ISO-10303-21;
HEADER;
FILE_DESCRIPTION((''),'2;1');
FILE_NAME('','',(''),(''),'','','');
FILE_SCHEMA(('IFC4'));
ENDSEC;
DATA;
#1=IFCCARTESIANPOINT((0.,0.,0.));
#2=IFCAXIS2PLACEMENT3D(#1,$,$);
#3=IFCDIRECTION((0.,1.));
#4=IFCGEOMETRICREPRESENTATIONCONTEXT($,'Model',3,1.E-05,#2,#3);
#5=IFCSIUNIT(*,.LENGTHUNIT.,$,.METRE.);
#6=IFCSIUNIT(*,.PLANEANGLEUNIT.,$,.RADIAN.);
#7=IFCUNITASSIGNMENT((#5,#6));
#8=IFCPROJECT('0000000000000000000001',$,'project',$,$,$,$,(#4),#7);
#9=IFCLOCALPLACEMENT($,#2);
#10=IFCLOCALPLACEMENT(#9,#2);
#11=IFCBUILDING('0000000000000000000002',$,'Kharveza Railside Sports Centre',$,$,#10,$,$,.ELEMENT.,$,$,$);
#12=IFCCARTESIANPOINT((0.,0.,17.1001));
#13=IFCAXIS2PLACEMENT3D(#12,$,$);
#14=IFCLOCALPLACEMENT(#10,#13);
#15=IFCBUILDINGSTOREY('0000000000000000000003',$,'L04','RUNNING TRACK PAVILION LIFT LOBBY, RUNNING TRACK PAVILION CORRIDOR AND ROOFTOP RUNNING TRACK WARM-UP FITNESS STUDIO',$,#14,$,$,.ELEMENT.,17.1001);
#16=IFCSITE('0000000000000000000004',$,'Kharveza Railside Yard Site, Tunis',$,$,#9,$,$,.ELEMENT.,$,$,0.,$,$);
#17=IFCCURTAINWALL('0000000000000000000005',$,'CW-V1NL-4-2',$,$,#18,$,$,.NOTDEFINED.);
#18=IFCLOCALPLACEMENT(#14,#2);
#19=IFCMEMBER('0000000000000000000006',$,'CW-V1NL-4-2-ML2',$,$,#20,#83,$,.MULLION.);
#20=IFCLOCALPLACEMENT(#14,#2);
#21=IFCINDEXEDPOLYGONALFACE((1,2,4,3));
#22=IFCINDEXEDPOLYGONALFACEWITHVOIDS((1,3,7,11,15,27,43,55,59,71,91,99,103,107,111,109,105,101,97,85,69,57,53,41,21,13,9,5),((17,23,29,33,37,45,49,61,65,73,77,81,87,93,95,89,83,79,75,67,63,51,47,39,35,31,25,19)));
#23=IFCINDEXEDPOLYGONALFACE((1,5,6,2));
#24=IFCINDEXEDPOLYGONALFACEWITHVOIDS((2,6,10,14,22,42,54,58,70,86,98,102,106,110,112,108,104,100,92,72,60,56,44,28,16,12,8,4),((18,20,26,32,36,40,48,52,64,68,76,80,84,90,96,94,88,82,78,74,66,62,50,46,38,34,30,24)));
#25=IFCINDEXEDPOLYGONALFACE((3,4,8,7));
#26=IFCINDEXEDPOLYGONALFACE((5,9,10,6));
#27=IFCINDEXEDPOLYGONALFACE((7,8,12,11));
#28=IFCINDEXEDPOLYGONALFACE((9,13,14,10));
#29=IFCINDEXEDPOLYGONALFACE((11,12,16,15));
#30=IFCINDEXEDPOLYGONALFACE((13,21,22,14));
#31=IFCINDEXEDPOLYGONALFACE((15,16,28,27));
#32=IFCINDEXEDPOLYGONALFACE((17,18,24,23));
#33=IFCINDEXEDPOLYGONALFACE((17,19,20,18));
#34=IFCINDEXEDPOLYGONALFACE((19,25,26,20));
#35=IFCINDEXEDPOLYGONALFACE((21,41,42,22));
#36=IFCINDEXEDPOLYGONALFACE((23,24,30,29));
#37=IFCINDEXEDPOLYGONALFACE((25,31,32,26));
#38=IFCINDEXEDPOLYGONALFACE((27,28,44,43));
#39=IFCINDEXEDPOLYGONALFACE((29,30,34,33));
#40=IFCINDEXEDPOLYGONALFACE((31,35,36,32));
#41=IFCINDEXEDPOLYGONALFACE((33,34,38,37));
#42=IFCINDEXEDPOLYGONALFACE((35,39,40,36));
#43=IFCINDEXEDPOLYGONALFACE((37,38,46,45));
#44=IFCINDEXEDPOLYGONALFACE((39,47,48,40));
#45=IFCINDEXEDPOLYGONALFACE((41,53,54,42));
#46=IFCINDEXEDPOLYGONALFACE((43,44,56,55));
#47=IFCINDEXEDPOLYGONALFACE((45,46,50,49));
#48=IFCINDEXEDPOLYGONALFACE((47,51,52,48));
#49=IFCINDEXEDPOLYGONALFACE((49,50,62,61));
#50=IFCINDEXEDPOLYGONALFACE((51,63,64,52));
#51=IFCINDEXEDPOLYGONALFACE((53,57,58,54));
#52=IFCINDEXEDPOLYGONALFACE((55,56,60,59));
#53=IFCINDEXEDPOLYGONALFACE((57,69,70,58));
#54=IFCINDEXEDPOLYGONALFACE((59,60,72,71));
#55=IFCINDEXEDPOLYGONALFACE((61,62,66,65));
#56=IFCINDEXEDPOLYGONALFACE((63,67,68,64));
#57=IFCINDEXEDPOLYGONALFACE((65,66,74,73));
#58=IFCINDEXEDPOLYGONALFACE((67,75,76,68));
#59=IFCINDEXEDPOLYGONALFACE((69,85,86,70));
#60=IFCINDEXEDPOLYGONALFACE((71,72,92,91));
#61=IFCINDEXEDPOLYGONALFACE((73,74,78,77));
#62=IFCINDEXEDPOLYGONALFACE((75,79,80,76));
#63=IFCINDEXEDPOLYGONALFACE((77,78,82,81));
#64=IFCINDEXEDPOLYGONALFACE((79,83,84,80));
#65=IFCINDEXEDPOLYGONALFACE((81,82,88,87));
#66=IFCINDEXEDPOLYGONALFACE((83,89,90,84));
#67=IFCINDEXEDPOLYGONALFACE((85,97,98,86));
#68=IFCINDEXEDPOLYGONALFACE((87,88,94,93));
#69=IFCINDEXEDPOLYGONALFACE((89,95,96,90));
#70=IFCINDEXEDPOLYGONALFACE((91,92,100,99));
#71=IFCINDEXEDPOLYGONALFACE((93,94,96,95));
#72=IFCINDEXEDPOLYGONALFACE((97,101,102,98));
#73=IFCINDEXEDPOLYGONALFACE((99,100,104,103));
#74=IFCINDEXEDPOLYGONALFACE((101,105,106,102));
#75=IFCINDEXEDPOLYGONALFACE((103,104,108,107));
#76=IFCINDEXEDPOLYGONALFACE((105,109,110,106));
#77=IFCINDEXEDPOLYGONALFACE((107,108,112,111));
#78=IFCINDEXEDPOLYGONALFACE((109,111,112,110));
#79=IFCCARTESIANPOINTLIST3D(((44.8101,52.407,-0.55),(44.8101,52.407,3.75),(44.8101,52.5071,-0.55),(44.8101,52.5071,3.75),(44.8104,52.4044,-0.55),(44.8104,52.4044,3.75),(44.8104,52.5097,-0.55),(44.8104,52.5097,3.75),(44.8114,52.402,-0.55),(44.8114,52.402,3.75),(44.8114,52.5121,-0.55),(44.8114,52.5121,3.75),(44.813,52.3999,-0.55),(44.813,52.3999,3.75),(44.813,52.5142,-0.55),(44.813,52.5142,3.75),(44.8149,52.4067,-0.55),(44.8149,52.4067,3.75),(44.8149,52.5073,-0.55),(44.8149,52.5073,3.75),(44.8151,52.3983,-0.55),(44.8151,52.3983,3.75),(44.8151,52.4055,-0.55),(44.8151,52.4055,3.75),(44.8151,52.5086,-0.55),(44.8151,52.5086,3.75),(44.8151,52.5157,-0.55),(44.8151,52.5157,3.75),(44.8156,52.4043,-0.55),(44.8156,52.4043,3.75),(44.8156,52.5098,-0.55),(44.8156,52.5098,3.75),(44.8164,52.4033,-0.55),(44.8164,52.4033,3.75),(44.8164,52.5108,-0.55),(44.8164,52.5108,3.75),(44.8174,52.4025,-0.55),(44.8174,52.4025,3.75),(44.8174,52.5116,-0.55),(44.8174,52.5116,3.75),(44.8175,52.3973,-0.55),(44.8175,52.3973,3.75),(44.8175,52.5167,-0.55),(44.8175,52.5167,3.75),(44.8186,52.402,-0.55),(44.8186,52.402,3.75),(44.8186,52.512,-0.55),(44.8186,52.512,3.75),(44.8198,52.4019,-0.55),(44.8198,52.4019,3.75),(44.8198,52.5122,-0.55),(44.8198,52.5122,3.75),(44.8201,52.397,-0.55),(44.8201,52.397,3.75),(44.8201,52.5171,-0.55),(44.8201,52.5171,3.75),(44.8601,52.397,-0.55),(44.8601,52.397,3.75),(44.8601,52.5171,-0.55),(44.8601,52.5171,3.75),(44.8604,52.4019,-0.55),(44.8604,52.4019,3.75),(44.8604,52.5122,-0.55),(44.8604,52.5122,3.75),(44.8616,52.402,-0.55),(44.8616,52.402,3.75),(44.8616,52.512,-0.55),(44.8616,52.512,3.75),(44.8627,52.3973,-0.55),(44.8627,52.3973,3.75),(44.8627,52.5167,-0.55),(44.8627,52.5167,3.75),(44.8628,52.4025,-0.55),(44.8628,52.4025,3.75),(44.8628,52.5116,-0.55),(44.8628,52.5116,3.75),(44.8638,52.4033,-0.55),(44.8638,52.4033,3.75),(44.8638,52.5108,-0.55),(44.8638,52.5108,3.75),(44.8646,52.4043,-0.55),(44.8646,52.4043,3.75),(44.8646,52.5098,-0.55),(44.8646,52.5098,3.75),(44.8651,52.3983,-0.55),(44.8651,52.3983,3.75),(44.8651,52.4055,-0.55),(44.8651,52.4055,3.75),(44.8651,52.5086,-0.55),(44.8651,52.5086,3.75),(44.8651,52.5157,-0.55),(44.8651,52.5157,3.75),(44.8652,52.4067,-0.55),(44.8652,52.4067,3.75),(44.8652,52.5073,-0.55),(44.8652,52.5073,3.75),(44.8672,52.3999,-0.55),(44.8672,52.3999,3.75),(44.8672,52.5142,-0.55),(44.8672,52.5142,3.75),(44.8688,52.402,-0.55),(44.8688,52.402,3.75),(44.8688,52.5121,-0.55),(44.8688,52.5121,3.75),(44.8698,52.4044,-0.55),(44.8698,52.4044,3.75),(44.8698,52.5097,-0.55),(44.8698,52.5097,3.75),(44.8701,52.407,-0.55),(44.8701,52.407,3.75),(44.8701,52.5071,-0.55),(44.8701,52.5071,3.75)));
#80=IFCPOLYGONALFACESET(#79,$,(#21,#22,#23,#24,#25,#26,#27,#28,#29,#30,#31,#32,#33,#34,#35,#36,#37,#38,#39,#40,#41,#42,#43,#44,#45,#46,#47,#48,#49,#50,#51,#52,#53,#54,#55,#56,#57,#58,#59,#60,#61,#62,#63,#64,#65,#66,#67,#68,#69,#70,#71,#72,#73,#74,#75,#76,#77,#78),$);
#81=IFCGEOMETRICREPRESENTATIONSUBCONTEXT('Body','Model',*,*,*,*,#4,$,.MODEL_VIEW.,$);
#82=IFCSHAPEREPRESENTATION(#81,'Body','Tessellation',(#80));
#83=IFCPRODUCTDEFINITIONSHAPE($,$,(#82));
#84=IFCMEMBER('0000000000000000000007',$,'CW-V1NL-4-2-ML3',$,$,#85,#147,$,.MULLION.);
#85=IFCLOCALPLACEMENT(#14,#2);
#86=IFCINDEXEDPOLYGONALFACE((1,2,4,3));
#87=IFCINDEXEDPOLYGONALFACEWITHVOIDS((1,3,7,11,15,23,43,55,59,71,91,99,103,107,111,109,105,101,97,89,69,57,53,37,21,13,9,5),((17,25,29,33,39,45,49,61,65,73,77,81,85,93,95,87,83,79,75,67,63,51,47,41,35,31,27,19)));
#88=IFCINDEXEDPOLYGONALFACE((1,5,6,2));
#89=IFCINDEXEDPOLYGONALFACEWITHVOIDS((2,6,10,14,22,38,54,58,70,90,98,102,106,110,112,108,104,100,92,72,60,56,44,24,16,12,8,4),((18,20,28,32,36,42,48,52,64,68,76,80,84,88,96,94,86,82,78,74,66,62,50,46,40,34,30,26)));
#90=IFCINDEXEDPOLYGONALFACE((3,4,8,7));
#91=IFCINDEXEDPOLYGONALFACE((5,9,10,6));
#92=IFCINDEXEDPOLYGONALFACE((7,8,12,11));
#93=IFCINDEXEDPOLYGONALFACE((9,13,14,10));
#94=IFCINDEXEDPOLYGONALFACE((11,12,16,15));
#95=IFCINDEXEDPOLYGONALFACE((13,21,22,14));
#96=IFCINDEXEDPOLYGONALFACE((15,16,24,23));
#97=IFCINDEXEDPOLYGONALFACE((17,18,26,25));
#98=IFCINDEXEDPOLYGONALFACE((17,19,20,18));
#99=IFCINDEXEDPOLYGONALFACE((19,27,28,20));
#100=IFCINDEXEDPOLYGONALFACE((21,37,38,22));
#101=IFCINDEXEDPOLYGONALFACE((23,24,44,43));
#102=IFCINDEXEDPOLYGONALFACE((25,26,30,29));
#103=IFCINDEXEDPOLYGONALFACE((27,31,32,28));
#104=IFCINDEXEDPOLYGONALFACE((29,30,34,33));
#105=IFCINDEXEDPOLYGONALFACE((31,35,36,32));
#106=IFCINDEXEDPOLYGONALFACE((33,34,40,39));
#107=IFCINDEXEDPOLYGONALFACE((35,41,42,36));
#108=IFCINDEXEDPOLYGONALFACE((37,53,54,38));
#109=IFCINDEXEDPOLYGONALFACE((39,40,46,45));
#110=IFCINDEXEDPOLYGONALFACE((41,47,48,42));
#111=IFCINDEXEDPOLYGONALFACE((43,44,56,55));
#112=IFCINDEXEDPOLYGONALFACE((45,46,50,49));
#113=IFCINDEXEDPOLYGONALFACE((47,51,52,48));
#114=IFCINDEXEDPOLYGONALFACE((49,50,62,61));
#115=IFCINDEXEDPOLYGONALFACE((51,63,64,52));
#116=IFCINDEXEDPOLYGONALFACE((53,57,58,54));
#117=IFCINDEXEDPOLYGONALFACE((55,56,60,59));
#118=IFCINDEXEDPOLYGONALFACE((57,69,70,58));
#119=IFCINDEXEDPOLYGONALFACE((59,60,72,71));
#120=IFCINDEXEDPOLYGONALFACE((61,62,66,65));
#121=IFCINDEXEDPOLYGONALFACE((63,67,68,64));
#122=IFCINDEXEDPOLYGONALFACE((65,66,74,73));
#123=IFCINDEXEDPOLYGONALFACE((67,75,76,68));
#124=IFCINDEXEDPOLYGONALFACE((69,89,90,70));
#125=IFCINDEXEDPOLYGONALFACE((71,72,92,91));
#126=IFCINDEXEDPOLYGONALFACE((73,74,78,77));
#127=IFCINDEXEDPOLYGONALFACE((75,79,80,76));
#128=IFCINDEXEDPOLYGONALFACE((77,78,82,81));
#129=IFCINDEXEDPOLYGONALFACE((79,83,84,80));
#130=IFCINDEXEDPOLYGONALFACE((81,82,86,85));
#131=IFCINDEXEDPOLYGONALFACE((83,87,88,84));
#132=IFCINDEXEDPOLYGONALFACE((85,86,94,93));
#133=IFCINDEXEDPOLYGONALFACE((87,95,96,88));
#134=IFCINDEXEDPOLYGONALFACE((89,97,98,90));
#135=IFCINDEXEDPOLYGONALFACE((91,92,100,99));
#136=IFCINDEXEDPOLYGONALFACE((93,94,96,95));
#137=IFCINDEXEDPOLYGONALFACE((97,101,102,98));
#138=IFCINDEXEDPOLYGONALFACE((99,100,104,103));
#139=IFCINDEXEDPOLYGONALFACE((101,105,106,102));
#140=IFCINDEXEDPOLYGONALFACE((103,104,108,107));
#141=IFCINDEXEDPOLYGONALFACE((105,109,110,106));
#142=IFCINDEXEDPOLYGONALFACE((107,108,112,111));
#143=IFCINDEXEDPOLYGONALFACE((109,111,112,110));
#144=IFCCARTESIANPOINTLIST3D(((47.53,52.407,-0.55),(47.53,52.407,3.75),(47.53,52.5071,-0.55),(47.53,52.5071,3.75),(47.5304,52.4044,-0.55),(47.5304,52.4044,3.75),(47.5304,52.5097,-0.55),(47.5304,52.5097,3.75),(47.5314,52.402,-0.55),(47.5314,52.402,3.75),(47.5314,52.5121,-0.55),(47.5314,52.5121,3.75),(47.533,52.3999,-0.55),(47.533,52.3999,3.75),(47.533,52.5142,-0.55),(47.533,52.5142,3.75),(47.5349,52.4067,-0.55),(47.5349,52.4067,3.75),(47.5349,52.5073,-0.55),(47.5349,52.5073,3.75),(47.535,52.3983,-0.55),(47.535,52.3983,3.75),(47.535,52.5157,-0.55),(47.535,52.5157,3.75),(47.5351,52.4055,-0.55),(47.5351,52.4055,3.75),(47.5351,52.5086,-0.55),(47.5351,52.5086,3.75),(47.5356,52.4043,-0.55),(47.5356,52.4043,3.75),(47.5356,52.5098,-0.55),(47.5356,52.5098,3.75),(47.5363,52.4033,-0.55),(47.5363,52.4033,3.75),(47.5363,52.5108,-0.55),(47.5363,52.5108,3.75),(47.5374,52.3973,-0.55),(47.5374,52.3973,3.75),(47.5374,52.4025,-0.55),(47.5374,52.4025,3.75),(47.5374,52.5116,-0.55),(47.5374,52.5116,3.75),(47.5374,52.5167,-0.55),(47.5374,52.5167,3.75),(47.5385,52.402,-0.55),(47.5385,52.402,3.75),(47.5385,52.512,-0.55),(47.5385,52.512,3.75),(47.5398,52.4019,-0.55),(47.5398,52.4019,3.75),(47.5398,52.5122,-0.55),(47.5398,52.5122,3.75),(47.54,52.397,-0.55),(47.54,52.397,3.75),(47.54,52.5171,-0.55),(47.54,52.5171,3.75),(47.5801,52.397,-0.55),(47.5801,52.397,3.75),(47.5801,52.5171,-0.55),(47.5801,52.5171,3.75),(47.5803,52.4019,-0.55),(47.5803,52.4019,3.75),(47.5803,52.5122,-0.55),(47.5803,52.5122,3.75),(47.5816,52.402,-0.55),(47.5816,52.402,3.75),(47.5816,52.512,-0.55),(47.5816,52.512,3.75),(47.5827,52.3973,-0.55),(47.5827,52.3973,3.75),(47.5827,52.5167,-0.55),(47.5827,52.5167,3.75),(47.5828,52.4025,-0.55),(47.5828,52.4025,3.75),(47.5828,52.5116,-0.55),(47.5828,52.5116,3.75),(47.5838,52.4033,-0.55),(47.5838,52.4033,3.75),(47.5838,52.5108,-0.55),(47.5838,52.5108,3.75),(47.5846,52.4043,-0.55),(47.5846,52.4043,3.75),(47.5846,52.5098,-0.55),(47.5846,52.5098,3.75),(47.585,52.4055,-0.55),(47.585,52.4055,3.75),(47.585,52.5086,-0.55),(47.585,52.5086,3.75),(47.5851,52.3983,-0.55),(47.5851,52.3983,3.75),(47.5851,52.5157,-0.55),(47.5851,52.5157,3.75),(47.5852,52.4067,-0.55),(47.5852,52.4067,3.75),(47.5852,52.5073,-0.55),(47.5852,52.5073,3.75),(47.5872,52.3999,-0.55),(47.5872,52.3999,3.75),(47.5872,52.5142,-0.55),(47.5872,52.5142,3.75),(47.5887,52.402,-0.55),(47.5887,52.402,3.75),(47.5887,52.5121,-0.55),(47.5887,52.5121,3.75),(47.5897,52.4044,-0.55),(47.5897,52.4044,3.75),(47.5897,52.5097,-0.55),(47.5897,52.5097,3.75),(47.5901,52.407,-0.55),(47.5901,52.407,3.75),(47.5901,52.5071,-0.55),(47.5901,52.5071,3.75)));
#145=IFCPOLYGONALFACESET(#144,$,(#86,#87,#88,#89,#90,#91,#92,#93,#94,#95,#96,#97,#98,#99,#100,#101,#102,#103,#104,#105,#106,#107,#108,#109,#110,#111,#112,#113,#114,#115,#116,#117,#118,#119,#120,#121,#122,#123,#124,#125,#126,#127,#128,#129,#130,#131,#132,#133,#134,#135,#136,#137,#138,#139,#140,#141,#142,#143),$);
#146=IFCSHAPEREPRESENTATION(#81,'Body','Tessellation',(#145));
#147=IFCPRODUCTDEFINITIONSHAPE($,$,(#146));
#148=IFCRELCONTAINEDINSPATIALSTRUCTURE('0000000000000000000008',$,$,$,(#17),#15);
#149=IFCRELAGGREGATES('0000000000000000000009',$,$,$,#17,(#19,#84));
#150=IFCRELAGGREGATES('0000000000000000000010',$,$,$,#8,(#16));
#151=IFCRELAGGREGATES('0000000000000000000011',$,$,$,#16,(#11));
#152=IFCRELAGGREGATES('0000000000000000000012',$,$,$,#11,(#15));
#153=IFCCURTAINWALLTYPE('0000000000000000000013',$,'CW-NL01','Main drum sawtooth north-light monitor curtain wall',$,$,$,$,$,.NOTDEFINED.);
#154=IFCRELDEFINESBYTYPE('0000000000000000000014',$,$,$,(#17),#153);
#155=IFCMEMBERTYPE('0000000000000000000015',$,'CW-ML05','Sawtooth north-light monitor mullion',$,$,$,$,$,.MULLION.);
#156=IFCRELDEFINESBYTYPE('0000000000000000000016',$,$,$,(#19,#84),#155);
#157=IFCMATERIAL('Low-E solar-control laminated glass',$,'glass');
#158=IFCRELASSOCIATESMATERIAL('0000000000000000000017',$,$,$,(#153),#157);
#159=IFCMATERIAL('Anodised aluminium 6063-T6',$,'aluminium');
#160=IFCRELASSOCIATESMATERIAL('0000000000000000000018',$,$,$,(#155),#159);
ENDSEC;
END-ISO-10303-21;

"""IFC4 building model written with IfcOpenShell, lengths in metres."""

from ifc_helpers import new_model, si_unit, direction, frame, origin, origin_2d, place, context, subcontext, project, spatial, hollow_rectangle, extrude, material, material_profile, profile_set, type_object, element, aggregate, save


model = new_model("IFC4")

# Units and contexts
model_context = context("Model", 3, precision=1e-05, world=origin(), true_north=direction((0.0, 1.0)))
body_context = subcontext(model_context, "Body", "Model", "MODEL_VIEW")
ifc_project = project(units=[si_unit("LENGTHUNIT", "METRE"), si_unit("PLANEANGLEUNIT", "RADIAN")], contexts=[model_context])

# Site, building, storey
site_placement = place(None, origin())
site = spatial("IfcSite", under=ifc_project, at=site_placement, Name="Kharveza Railside Yard Site, Tunis", CompositionType="ELEMENT", RefElevation=0.0)
building_placement = place(site_placement, origin())
building = spatial("IfcBuilding", under=site, at=building_placement, Name="Kharveza Railside Sports Centre", CompositionType="ELEMENT")
storey_placement = place(building_placement, frame((0.0, 0.0, 17.1001)))
storey = spatial("IfcBuildingStorey", under=building, at=storey_placement, Name="L04", Description="RUNNING TRACK PAVILION LIFT LOBBY, RUNNING TRACK PAVILION CORRIDOR AND ROOFTOP RUNNING TRACK WARM-UP FITNESS STUDIO", CompositionType="ELEMENT", Elevation=17.1001)

# Curtain wall, members
ifc_material_1 = material(Name="Low-E solar-control laminated glass", Category="glass")
curtain_wall_type = type_object("IfcCurtainWallType", Name="CW-NL01", Description="Main drum sawtooth north-light monitor curtain wall", PredefinedType="NOTDEFINED", material=ifc_material_1)
ifc_material_2 = material(Name="Anodised aluminium 6063-T6", Category="aluminium")
ifc_material_profile_1 = material_profile(ifc_material_2, hollow_rectangle(XDim=0.0601, YDim=0.1201, WallThickness=0.0049, InnerFilletRadius=0.0049, OuterFilletRadius=0.01, at=origin_2d()), Name="RHS 60x120x5.0")
ifc_profile_set_1 = profile_set([ifc_material_profile_1], Name="Anodised aluminium 6063-T6")
member_type_1 = type_object("IfcMemberType", Name="CW-ML05", Description="Sawtooth north-light monitor mullion", PredefinedType="MULLION", material=ifc_profile_set_1)
curtain_wall_1_placement = place(storey_placement, origin())
curtain_wall_1 = element("IfcCurtainWall", 1, at=curtain_wall_1_placement, inside=storey, type_object=curtain_wall_type, Name="CW-V1NL-4-2", PredefinedType="NOTDEFINED")
member_1_placement = place(storey_placement, frame((44.8401, 52.457, -0.55), z_axis=(0.0, 0.0, 1.0), x_axis=(1.0, 0.0, 0.0)))
member_1 = element("IfcMember", 2, at=member_1_placement, type_object=member_type_1, Name="CW-V1NL-4-2-ML2", PredefinedType="MULLION", context=body_context, shape_type="SweptSolid", body=[
    extrude(hollow_rectangle(XDim=0.0601, YDim=0.1201, WallThickness=0.0049, InnerFilletRadius=0.0049, OuterFilletRadius=0.01, at=origin_2d()), origin(), (0.0, 0.0, 1.0), 4.3),
])
member_2_placement = place(storey_placement, frame((47.5601, 52.457, -0.55), z_axis=(0.0, 0.0, 1.0), x_axis=(1.0, 0.0, 0.0)))
member_2 = element("IfcMember", 3, at=member_2_placement, type_object=member_type_1, Name="CW-V1NL-4-2-ML3", PredefinedType="MULLION", context=body_context, shape_type="SweptSolid", body=[
    extrude(hollow_rectangle(XDim=0.0601, YDim=0.1201, WallThickness=0.0049, InnerFilletRadius=0.0049, OuterFilletRadius=0.01, at=origin_2d()), origin(), (0.0, 0.0, 1.0), 4.3),
])

aggregate(curtain_wall_1, [member_1, member_2])

save(model, "model.ifc")
